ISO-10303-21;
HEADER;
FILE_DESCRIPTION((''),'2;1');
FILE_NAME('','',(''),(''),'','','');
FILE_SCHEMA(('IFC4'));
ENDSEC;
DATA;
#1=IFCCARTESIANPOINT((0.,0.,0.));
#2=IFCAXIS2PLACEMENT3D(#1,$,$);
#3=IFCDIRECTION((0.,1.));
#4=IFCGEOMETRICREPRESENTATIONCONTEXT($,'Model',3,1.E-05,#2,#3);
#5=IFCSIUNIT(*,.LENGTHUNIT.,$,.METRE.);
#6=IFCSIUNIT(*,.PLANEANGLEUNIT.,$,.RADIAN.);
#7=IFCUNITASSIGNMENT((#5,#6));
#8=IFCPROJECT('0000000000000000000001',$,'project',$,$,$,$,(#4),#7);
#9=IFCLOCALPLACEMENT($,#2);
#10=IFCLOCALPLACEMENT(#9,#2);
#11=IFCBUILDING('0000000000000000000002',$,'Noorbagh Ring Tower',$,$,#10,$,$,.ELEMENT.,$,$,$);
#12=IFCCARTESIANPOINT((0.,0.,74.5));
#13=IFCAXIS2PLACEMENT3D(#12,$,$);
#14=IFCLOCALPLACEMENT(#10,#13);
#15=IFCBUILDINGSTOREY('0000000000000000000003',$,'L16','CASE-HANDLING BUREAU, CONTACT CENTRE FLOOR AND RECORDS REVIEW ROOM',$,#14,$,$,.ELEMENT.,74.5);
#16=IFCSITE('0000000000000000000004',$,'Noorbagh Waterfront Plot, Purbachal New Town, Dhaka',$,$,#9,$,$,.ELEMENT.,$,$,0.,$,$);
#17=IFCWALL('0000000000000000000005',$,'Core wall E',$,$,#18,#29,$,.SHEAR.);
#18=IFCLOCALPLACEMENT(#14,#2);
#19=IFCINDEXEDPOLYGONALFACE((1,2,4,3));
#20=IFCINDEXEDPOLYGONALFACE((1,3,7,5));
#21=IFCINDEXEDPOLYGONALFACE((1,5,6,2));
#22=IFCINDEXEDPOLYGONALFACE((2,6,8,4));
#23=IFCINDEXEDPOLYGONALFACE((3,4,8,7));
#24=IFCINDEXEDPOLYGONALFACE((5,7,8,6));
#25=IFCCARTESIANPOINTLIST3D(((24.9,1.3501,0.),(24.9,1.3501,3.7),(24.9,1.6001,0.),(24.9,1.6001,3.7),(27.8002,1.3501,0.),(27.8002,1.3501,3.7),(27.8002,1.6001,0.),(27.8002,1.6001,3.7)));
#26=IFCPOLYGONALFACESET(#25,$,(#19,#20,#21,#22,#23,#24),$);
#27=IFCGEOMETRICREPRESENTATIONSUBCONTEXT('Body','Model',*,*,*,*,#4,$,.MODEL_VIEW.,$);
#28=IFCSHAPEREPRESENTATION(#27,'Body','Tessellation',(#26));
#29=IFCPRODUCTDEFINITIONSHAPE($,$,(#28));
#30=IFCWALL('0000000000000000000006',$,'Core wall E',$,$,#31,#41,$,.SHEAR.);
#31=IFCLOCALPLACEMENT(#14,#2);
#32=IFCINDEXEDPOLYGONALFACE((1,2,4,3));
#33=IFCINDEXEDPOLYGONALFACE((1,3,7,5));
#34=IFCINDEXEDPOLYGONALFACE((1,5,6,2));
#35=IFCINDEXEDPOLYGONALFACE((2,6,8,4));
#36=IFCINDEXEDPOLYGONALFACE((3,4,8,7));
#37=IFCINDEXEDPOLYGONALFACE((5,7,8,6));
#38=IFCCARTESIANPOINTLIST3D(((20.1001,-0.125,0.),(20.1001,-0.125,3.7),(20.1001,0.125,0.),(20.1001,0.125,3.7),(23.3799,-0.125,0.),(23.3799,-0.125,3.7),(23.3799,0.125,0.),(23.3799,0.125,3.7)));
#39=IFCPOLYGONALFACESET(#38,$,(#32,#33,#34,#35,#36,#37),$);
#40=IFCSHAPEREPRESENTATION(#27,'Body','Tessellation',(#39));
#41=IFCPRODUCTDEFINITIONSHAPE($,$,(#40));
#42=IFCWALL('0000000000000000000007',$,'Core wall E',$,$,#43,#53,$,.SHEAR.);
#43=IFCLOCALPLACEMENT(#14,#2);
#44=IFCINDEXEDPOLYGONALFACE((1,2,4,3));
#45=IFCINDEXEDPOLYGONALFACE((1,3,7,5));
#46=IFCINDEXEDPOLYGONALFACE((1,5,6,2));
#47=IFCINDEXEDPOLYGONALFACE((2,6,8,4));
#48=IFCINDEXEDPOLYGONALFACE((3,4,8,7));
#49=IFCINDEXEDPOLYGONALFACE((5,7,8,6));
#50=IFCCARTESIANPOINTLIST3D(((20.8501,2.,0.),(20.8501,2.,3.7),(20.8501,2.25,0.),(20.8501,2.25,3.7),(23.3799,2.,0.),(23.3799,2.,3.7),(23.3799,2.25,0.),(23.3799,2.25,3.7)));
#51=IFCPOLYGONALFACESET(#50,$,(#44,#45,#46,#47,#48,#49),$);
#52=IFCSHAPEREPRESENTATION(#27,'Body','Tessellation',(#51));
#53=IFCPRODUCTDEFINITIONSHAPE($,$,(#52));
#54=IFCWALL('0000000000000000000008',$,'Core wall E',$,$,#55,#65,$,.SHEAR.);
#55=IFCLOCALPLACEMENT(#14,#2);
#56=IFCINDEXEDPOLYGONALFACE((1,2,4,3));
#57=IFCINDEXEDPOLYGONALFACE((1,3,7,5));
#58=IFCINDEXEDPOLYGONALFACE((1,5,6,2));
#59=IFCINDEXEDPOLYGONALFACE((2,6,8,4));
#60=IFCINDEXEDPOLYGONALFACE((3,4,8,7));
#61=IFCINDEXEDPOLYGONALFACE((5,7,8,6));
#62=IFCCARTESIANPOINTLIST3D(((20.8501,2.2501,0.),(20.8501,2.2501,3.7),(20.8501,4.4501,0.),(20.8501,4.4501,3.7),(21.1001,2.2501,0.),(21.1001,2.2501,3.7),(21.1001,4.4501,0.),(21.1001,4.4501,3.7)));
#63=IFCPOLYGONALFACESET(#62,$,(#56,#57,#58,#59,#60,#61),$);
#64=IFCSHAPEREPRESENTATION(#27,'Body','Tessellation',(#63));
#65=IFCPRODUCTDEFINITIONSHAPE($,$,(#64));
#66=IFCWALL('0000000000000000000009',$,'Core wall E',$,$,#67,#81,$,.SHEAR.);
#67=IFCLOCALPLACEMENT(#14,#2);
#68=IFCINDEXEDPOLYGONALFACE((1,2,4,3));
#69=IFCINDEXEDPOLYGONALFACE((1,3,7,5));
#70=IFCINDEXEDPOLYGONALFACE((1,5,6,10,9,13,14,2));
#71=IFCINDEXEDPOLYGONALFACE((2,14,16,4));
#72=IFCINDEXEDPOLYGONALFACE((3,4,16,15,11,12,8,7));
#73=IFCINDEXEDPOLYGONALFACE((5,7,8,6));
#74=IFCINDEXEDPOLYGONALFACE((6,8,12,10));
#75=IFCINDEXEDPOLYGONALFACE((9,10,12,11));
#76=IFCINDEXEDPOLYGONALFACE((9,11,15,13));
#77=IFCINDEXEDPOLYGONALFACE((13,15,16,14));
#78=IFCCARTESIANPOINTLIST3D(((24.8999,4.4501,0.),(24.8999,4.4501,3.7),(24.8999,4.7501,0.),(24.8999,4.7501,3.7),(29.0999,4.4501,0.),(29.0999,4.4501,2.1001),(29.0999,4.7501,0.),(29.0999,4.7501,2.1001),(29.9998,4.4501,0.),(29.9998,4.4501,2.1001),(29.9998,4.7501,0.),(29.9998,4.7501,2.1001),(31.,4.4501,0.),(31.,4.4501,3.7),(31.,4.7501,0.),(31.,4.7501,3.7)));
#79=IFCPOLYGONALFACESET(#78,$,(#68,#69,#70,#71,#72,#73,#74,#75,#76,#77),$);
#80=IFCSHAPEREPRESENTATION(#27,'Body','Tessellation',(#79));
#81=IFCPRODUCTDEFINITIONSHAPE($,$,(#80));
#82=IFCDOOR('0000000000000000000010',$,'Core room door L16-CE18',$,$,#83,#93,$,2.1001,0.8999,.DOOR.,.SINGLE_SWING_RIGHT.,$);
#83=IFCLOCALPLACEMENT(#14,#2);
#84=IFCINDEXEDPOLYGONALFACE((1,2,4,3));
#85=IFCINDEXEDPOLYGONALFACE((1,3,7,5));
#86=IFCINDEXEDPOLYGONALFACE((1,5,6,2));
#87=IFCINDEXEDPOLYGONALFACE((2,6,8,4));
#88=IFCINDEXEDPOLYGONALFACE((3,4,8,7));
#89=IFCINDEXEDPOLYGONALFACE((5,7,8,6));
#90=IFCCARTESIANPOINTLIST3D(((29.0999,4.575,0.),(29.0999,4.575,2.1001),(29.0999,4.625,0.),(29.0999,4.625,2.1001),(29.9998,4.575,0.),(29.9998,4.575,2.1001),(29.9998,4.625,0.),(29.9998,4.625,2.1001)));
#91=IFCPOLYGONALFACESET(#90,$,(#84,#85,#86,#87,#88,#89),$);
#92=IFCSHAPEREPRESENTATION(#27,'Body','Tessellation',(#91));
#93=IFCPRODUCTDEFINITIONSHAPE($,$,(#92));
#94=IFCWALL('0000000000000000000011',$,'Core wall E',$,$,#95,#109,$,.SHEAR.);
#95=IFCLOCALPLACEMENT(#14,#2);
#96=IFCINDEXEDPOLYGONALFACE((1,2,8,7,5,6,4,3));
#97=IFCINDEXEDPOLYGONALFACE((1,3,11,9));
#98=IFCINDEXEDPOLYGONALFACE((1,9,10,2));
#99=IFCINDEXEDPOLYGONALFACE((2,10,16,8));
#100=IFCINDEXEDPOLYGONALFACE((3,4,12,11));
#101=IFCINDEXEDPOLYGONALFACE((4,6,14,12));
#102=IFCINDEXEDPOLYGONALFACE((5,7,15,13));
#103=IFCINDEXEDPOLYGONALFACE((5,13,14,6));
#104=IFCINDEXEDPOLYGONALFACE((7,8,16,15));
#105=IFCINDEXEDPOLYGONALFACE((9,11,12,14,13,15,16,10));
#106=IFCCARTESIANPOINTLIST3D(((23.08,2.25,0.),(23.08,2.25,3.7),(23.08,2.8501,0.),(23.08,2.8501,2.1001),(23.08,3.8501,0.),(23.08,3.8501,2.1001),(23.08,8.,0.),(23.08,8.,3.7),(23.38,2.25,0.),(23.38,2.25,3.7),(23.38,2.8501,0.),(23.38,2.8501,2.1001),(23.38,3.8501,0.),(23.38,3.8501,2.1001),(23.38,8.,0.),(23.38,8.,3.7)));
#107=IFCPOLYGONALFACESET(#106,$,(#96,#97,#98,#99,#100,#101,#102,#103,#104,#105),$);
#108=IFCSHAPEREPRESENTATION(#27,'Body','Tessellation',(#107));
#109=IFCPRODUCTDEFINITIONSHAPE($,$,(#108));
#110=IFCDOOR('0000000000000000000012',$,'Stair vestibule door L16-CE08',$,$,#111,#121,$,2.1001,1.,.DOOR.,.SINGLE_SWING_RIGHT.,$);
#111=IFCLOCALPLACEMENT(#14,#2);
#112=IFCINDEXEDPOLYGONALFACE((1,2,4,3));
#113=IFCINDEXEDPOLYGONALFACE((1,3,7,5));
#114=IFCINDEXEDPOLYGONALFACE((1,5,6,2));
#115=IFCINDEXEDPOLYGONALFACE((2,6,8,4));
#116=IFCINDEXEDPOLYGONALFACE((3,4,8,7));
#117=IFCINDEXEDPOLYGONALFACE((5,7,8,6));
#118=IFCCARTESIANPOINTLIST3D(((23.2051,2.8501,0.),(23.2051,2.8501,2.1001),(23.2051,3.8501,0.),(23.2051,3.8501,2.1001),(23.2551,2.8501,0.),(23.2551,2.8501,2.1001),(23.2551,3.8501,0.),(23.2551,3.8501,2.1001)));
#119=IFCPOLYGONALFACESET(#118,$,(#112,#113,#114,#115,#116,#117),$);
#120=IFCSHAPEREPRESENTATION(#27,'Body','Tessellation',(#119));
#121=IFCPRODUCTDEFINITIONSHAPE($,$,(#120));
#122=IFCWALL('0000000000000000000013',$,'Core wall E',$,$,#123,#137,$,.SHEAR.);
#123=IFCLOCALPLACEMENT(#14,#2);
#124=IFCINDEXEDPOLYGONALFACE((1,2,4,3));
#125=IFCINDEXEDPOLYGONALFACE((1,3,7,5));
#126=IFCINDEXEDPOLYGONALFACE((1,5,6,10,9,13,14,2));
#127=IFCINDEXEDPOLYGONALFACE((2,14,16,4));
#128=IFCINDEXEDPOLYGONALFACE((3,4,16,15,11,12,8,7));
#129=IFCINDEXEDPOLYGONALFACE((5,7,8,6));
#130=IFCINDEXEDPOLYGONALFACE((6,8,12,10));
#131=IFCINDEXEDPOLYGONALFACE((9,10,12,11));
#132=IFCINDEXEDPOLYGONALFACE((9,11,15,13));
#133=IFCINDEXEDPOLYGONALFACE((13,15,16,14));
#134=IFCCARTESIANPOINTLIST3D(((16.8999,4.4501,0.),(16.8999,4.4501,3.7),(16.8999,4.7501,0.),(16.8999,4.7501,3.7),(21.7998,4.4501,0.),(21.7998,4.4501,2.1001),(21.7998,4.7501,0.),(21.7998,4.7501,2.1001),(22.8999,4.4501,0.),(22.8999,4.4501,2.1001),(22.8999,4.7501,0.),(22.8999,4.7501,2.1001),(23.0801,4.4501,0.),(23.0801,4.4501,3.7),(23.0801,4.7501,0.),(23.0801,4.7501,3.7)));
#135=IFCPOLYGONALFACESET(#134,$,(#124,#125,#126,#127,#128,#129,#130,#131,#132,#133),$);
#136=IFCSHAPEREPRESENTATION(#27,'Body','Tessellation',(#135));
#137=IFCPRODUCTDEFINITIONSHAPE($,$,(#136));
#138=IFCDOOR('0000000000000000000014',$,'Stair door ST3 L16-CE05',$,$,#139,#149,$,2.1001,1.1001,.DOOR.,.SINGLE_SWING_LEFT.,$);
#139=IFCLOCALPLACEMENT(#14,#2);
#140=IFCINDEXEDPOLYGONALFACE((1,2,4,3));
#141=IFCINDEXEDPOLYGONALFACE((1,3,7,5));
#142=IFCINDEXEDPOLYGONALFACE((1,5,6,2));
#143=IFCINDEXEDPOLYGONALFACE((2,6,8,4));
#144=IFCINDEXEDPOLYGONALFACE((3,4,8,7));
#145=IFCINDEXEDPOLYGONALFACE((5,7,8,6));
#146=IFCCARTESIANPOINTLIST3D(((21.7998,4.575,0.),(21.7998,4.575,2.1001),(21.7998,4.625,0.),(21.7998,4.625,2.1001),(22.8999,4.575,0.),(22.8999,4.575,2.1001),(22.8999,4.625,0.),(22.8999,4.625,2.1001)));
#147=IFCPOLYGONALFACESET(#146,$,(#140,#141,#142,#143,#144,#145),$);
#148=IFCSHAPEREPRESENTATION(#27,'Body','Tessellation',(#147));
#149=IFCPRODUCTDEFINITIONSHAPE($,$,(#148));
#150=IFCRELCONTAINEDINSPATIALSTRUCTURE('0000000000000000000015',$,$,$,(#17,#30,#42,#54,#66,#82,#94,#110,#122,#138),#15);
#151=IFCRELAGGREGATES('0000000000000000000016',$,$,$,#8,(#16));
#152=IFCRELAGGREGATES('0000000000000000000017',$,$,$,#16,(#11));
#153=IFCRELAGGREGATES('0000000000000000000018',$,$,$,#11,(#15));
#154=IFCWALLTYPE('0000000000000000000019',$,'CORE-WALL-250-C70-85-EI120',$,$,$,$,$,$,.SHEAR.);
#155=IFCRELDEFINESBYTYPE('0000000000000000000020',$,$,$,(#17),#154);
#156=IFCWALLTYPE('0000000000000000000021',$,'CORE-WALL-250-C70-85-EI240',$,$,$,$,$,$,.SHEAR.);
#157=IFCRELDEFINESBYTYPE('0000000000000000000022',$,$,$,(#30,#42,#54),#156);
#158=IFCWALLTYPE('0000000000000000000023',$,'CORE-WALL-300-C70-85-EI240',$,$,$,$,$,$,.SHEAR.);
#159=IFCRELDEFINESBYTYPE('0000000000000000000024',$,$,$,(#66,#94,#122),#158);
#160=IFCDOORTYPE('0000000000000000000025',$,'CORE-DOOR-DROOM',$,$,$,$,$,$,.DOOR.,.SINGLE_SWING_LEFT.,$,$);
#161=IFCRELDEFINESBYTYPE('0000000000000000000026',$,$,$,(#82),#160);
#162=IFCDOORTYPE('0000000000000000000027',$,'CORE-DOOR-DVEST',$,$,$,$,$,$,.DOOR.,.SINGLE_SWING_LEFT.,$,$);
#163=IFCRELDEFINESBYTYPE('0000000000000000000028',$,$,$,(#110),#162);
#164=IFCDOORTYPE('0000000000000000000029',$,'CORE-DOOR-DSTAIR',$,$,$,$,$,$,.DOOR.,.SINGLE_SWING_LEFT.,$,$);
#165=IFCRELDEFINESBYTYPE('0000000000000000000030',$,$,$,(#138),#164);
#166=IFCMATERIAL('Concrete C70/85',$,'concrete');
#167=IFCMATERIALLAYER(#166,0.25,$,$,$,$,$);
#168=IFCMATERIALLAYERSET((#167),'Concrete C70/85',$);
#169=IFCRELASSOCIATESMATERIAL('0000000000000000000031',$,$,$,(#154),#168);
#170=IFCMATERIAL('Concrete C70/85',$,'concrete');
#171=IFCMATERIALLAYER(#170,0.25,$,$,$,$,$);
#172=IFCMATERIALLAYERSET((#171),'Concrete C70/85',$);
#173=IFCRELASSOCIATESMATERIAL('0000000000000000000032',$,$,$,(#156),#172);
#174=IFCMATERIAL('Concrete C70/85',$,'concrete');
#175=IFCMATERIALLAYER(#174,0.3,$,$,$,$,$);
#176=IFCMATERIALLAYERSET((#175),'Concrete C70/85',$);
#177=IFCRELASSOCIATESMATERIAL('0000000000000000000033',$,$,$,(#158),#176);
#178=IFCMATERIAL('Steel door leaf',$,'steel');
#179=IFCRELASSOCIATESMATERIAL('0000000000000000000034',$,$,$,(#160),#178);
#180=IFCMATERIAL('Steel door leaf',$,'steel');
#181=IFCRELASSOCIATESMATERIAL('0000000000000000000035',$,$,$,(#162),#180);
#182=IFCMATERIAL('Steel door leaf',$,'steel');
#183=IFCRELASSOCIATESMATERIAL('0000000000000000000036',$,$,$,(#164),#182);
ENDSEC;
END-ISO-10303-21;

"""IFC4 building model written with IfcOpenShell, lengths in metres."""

from ifc_helpers import new_model, si_unit, direction, frame, frame_2d, origin, place, context, subcontext, project, spatial, rectangle, extrude, material, layer, layer_set, type_object, element, fill, save


model = new_model("IFC4")

# Units and contexts
model_context = context("Model", 3, precision=1e-05, world=origin(), true_north=direction((0.0, 1.0)))
body_context = subcontext(model_context, "Body", "Model", "MODEL_VIEW")
ifc_project = project(units=[si_unit("LENGTHUNIT", "METRE"), si_unit("PLANEANGLEUNIT", "RADIAN")], contexts=[model_context])

# Site, building, storey
site_placement = place(None, origin())
site = spatial("IfcSite", under=ifc_project, at=site_placement, Name="Noorbagh Waterfront Plot, Purbachal New Town, Dhaka", CompositionType="ELEMENT", RefElevation=0.0)
building_placement = place(site_placement, origin())
building = spatial("IfcBuilding", under=site, at=building_placement, Name="Noorbagh Ring Tower", CompositionType="ELEMENT")
storey_placement = place(building_placement, frame((0.0, 0.0, 74.5)))
storey = spatial("IfcBuildingStorey", under=building, at=storey_placement, Name="L16", Description="CASE-HANDLING BUREAU, CONTACT CENTRE FLOOR AND RECORDS REVIEW ROOM", CompositionType="ELEMENT", Elevation=74.5)

# Walls
ifc_material_1 = material(Name="Concrete C70/85", Category="concrete")
ifc_layer_1 = layer(ifc_material_1, 0.25)
ifc_layer_set_1 = layer_set([ifc_layer_1], Name="Concrete C70/85")
wall_type_1 = type_object("IfcWallType", Name="CORE-WALL-250-C70-85-EI120", PredefinedType="SHEAR", material=ifc_layer_set_1)
wall_1_placement = place(storey_placement, frame((24.8999, 1.4751, 0.0), z_axis=(0.0, 0.0, 1.0), x_axis=(1.0, 0.0, 0.0)))
element("IfcWall", 1, at=wall_1_placement, inside=storey, type_object=wall_type_1, Name="Core wall E", PredefinedType="SHEAR", context=body_context, shape_type="SweptSolid", body=[
    extrude(rectangle(XDim=2.9001, YDim=0.25, at=frame_2d((1.4502, 0.0))), origin(), (0.0, 0.0, 1.0), 3.7),
])
ifc_material_2 = material(Name="Concrete C70/85", Category="concrete")
ifc_layer_2 = layer(ifc_material_2, 0.25)
ifc_layer_set_2 = layer_set([ifc_layer_2], Name="Concrete C70/85")
wall_type_2 = type_object("IfcWallType", Name="CORE-WALL-250-C70-85-EI240", PredefinedType="SHEAR", material=ifc_layer_set_2)
wall_2_placement = place(storey_placement, frame((20.1001, 0.0, 0.0), z_axis=(0.0, 0.0, 1.0), x_axis=(1.0, 0.0, 0.0)))
element("IfcWall", 2, at=wall_2_placement, inside=storey, type_object=wall_type_2, Name="Core wall E", PredefinedType="SHEAR", context=body_context, shape_type="SweptSolid", body=[
    extrude(rectangle(XDim=3.2798, YDim=0.25, at=frame_2d((1.6399, 0.0))), origin(), (0.0, 0.0, 1.0), 3.7),
])
wall_3_placement = place(storey_placement, frame((20.8501, 2.125, 0.0), z_axis=(0.0, 0.0, 1.0), x_axis=(1.0, 0.0, 0.0)))
element("IfcWall", 3, at=wall_3_placement, inside=storey, type_object=wall_type_2, Name="Core wall E", PredefinedType="SHEAR", context=body_context, shape_type="SweptSolid", body=[
    extrude(rectangle(XDim=2.5298, YDim=0.25, at=frame_2d((1.2649, 0.0))), origin(), (0.0, 0.0, 1.0), 3.7),
])
wall_4_placement = place(storey_placement, frame((20.9751, 2.25, 0.0), z_axis=(0.0, 0.0, 1.0), x_axis=(0.0, 1.0, 0.0)))
element("IfcWall", 4, at=wall_4_placement, inside=storey, type_object=wall_type_2, Name="Core wall E", PredefinedType="SHEAR", context=body_context, shape_type="SweptSolid", body=[
    extrude(rectangle(XDim=2.2, YDim=0.25, at=frame_2d((1.1001, 0.0))), origin(), (0.0, 0.0, 1.0), 3.7),
])

# Walls, openings, doors
ifc_material_3 = material(Name="Concrete C70/85", Category="concrete")
ifc_layer_3 = layer(ifc_material_3, 0.3)
ifc_layer_set_3 = layer_set([ifc_layer_3], Name="Concrete C70/85")
wall_type_3 = type_object("IfcWallType", Name="CORE-WALL-300-C70-85-EI240", PredefinedType="SHEAR", material=ifc_layer_set_3)
wall_5_placement = place(storey_placement, frame((24.8999, 4.6001, 0.0), z_axis=(0.0, 0.0, 1.0), x_axis=(1.0, 0.0, 0.0)))
wall_5 = element("IfcWall", 5, at=wall_5_placement, inside=storey, type_object=wall_type_3, Name="Core wall E", PredefinedType="SHEAR", context=body_context, shape_type="SweptSolid", body=[
    extrude(rectangle(XDim=6.1001, YDim=0.3, at=frame_2d((3.05, 0.0))), origin(), (0.0, 0.0, 1.0), 3.7),
])
opening_1_placement = place(wall_5_placement, frame((4.2, 0.0, 0.0)))
opening_1 = element("IfcOpeningElement", 6, at=opening_1_placement, cuts=wall_5, PredefinedType="OPENING", context=body_context, shape_type="SweptSolid", body=[
    extrude(rectangle(XDim=0.8999, YDim=2.1001, at=frame_2d((0.45, 1.05))), frame((0.0, 0.1602, 0.0), z_axis=(0.0, -1.0, 0.0), x_axis=(1.0, 0.0, 0.0)), (0.0, 0.0, 1.0), 0.3201),
])
ifc_material_4 = material(Name="Steel door leaf", Category="steel")
door_type_1 = type_object("IfcDoorType", Name="CORE-DOOR-DROOM", OperationType="SINGLE_SWING_LEFT", PredefinedType="DOOR", material=ifc_material_4)
door_1_placement = place(opening_1_placement, origin())
door_1 = element("IfcDoor", 7, at=door_1_placement, inside=storey, type_object=door_type_1, Name="Core room door L16-CE18", OperationType="SINGLE_SWING_RIGHT", OverallHeight=2.1001, OverallWidth=0.8999, PredefinedType="DOOR", context=body_context, shape_type="SweptSolid", body=[
    extrude(rectangle(XDim=0.8999, YDim=2.1001, at=frame_2d((0.45, 1.05))), frame((0.0, 0.0249, 0.0), z_axis=(0.0, -1.0, 0.0), x_axis=(1.0, 0.0, 0.0)), (0.0, 0.0, 1.0), 0.05),
])
fill(opening_1, door_1)
wall_6_placement = place(storey_placement, frame((23.23, 2.25, 0.0), z_axis=(0.0, 0.0, 1.0), x_axis=(0.0, 1.0, 0.0)))
wall_6 = element("IfcWall", 8, at=wall_6_placement, inside=storey, type_object=wall_type_3, Name="Core wall E", PredefinedType="SHEAR", context=body_context, shape_type="SweptSolid", body=[
    extrude(rectangle(XDim=5.75, YDim=0.3, at=frame_2d((2.875, 0.0))), origin(), (0.0, 0.0, 1.0), 3.7),
])
opening_2_placement = place(wall_6_placement, frame((0.6001, 0.0, 0.0)))
opening_2 = element("IfcOpeningElement", 9, at=opening_2_placement, cuts=wall_6, PredefinedType="OPENING", context=body_context, shape_type="SweptSolid", body=[
    extrude(rectangle(XDim=1.0, YDim=2.1001, at=frame_2d((0.5, 1.05))), frame((0.0, 0.1602, 0.0), z_axis=(0.0, -1.0, 0.0), x_axis=(1.0, 0.0, 0.0)), (0.0, 0.0, 1.0), 0.3201),
])
ifc_material_5 = material(Name="Steel door leaf", Category="steel")
door_type_2 = type_object("IfcDoorType", Name="CORE-DOOR-DVEST", OperationType="SINGLE_SWING_LEFT", PredefinedType="DOOR", material=ifc_material_5)
door_2_placement = place(opening_2_placement, origin())
door_2 = element("IfcDoor", 10, at=door_2_placement, inside=storey, type_object=door_type_2, Name="Stair vestibule door L16-CE08", OperationType="SINGLE_SWING_RIGHT", OverallHeight=2.1001, OverallWidth=1.0, PredefinedType="DOOR", context=body_context, shape_type="SweptSolid", body=[
    extrude(rectangle(XDim=1.0, YDim=2.1001, at=frame_2d((0.5, 1.05))), frame((0.0, 0.0249, 0.0), z_axis=(0.0, -1.0, 0.0), x_axis=(1.0, 0.0, 0.0)), (0.0, 0.0, 1.0), 0.05),
])
fill(opening_2, door_2)
wall_7_placement = place(storey_placement, frame((16.8999, 4.6001, 0.0), z_axis=(0.0, 0.0, 1.0), x_axis=(1.0, 0.0, 0.0)))
wall_7 = element("IfcWall", 11, at=wall_7_placement, inside=storey, type_object=wall_type_3, Name="Core wall E", PredefinedType="SHEAR", context=body_context, shape_type="SweptSolid", body=[
    extrude(rectangle(XDim=6.1802, YDim=0.3, at=frame_2d((3.0901, 0.0))), origin(), (0.0, 0.0, 1.0), 3.7),
])
opening_3_placement = place(wall_7_placement, frame((4.8999, 0.0, 0.0)))
opening_3 = element("IfcOpeningElement", 12, at=opening_3_placement, cuts=wall_7, PredefinedType="OPENING", context=body_context, shape_type="SweptSolid", body=[
    extrude(rectangle(XDim=1.1001, YDim=2.1001, at=frame_2d((0.55, 1.05))), frame((0.0, 0.1602, 0.0), z_axis=(0.0, -1.0, 0.0), x_axis=(1.0, 0.0, 0.0)), (0.0, 0.0, 1.0), 0.3201),
])
ifc_material_6 = material(Name="Steel door leaf", Category="steel")
door_type_3 = type_object("IfcDoorType", Name="CORE-DOOR-DSTAIR", OperationType="SINGLE_SWING_LEFT", PredefinedType="DOOR", material=ifc_material_6)
door_3_placement = place(opening_3_placement, origin())
door_3 = element("IfcDoor", 13, at=door_3_placement, inside=storey, type_object=door_type_3, Name="Stair door ST3 L16-CE05", OperationType="SINGLE_SWING_LEFT", OverallHeight=2.1001, OverallWidth=1.1001, PredefinedType="DOOR", context=body_context, shape_type="SweptSolid", body=[
    extrude(rectangle(XDim=1.1001, YDim=2.1001, at=frame_2d((0.55, 1.05))), frame((0.0, 0.0249, 0.0), z_axis=(0.0, -1.0, 0.0), x_axis=(1.0, 0.0, 0.0)), (0.0, 0.0, 1.0), 0.05),
])
fill(opening_3, door_3)

save(model, "model.ifc")
